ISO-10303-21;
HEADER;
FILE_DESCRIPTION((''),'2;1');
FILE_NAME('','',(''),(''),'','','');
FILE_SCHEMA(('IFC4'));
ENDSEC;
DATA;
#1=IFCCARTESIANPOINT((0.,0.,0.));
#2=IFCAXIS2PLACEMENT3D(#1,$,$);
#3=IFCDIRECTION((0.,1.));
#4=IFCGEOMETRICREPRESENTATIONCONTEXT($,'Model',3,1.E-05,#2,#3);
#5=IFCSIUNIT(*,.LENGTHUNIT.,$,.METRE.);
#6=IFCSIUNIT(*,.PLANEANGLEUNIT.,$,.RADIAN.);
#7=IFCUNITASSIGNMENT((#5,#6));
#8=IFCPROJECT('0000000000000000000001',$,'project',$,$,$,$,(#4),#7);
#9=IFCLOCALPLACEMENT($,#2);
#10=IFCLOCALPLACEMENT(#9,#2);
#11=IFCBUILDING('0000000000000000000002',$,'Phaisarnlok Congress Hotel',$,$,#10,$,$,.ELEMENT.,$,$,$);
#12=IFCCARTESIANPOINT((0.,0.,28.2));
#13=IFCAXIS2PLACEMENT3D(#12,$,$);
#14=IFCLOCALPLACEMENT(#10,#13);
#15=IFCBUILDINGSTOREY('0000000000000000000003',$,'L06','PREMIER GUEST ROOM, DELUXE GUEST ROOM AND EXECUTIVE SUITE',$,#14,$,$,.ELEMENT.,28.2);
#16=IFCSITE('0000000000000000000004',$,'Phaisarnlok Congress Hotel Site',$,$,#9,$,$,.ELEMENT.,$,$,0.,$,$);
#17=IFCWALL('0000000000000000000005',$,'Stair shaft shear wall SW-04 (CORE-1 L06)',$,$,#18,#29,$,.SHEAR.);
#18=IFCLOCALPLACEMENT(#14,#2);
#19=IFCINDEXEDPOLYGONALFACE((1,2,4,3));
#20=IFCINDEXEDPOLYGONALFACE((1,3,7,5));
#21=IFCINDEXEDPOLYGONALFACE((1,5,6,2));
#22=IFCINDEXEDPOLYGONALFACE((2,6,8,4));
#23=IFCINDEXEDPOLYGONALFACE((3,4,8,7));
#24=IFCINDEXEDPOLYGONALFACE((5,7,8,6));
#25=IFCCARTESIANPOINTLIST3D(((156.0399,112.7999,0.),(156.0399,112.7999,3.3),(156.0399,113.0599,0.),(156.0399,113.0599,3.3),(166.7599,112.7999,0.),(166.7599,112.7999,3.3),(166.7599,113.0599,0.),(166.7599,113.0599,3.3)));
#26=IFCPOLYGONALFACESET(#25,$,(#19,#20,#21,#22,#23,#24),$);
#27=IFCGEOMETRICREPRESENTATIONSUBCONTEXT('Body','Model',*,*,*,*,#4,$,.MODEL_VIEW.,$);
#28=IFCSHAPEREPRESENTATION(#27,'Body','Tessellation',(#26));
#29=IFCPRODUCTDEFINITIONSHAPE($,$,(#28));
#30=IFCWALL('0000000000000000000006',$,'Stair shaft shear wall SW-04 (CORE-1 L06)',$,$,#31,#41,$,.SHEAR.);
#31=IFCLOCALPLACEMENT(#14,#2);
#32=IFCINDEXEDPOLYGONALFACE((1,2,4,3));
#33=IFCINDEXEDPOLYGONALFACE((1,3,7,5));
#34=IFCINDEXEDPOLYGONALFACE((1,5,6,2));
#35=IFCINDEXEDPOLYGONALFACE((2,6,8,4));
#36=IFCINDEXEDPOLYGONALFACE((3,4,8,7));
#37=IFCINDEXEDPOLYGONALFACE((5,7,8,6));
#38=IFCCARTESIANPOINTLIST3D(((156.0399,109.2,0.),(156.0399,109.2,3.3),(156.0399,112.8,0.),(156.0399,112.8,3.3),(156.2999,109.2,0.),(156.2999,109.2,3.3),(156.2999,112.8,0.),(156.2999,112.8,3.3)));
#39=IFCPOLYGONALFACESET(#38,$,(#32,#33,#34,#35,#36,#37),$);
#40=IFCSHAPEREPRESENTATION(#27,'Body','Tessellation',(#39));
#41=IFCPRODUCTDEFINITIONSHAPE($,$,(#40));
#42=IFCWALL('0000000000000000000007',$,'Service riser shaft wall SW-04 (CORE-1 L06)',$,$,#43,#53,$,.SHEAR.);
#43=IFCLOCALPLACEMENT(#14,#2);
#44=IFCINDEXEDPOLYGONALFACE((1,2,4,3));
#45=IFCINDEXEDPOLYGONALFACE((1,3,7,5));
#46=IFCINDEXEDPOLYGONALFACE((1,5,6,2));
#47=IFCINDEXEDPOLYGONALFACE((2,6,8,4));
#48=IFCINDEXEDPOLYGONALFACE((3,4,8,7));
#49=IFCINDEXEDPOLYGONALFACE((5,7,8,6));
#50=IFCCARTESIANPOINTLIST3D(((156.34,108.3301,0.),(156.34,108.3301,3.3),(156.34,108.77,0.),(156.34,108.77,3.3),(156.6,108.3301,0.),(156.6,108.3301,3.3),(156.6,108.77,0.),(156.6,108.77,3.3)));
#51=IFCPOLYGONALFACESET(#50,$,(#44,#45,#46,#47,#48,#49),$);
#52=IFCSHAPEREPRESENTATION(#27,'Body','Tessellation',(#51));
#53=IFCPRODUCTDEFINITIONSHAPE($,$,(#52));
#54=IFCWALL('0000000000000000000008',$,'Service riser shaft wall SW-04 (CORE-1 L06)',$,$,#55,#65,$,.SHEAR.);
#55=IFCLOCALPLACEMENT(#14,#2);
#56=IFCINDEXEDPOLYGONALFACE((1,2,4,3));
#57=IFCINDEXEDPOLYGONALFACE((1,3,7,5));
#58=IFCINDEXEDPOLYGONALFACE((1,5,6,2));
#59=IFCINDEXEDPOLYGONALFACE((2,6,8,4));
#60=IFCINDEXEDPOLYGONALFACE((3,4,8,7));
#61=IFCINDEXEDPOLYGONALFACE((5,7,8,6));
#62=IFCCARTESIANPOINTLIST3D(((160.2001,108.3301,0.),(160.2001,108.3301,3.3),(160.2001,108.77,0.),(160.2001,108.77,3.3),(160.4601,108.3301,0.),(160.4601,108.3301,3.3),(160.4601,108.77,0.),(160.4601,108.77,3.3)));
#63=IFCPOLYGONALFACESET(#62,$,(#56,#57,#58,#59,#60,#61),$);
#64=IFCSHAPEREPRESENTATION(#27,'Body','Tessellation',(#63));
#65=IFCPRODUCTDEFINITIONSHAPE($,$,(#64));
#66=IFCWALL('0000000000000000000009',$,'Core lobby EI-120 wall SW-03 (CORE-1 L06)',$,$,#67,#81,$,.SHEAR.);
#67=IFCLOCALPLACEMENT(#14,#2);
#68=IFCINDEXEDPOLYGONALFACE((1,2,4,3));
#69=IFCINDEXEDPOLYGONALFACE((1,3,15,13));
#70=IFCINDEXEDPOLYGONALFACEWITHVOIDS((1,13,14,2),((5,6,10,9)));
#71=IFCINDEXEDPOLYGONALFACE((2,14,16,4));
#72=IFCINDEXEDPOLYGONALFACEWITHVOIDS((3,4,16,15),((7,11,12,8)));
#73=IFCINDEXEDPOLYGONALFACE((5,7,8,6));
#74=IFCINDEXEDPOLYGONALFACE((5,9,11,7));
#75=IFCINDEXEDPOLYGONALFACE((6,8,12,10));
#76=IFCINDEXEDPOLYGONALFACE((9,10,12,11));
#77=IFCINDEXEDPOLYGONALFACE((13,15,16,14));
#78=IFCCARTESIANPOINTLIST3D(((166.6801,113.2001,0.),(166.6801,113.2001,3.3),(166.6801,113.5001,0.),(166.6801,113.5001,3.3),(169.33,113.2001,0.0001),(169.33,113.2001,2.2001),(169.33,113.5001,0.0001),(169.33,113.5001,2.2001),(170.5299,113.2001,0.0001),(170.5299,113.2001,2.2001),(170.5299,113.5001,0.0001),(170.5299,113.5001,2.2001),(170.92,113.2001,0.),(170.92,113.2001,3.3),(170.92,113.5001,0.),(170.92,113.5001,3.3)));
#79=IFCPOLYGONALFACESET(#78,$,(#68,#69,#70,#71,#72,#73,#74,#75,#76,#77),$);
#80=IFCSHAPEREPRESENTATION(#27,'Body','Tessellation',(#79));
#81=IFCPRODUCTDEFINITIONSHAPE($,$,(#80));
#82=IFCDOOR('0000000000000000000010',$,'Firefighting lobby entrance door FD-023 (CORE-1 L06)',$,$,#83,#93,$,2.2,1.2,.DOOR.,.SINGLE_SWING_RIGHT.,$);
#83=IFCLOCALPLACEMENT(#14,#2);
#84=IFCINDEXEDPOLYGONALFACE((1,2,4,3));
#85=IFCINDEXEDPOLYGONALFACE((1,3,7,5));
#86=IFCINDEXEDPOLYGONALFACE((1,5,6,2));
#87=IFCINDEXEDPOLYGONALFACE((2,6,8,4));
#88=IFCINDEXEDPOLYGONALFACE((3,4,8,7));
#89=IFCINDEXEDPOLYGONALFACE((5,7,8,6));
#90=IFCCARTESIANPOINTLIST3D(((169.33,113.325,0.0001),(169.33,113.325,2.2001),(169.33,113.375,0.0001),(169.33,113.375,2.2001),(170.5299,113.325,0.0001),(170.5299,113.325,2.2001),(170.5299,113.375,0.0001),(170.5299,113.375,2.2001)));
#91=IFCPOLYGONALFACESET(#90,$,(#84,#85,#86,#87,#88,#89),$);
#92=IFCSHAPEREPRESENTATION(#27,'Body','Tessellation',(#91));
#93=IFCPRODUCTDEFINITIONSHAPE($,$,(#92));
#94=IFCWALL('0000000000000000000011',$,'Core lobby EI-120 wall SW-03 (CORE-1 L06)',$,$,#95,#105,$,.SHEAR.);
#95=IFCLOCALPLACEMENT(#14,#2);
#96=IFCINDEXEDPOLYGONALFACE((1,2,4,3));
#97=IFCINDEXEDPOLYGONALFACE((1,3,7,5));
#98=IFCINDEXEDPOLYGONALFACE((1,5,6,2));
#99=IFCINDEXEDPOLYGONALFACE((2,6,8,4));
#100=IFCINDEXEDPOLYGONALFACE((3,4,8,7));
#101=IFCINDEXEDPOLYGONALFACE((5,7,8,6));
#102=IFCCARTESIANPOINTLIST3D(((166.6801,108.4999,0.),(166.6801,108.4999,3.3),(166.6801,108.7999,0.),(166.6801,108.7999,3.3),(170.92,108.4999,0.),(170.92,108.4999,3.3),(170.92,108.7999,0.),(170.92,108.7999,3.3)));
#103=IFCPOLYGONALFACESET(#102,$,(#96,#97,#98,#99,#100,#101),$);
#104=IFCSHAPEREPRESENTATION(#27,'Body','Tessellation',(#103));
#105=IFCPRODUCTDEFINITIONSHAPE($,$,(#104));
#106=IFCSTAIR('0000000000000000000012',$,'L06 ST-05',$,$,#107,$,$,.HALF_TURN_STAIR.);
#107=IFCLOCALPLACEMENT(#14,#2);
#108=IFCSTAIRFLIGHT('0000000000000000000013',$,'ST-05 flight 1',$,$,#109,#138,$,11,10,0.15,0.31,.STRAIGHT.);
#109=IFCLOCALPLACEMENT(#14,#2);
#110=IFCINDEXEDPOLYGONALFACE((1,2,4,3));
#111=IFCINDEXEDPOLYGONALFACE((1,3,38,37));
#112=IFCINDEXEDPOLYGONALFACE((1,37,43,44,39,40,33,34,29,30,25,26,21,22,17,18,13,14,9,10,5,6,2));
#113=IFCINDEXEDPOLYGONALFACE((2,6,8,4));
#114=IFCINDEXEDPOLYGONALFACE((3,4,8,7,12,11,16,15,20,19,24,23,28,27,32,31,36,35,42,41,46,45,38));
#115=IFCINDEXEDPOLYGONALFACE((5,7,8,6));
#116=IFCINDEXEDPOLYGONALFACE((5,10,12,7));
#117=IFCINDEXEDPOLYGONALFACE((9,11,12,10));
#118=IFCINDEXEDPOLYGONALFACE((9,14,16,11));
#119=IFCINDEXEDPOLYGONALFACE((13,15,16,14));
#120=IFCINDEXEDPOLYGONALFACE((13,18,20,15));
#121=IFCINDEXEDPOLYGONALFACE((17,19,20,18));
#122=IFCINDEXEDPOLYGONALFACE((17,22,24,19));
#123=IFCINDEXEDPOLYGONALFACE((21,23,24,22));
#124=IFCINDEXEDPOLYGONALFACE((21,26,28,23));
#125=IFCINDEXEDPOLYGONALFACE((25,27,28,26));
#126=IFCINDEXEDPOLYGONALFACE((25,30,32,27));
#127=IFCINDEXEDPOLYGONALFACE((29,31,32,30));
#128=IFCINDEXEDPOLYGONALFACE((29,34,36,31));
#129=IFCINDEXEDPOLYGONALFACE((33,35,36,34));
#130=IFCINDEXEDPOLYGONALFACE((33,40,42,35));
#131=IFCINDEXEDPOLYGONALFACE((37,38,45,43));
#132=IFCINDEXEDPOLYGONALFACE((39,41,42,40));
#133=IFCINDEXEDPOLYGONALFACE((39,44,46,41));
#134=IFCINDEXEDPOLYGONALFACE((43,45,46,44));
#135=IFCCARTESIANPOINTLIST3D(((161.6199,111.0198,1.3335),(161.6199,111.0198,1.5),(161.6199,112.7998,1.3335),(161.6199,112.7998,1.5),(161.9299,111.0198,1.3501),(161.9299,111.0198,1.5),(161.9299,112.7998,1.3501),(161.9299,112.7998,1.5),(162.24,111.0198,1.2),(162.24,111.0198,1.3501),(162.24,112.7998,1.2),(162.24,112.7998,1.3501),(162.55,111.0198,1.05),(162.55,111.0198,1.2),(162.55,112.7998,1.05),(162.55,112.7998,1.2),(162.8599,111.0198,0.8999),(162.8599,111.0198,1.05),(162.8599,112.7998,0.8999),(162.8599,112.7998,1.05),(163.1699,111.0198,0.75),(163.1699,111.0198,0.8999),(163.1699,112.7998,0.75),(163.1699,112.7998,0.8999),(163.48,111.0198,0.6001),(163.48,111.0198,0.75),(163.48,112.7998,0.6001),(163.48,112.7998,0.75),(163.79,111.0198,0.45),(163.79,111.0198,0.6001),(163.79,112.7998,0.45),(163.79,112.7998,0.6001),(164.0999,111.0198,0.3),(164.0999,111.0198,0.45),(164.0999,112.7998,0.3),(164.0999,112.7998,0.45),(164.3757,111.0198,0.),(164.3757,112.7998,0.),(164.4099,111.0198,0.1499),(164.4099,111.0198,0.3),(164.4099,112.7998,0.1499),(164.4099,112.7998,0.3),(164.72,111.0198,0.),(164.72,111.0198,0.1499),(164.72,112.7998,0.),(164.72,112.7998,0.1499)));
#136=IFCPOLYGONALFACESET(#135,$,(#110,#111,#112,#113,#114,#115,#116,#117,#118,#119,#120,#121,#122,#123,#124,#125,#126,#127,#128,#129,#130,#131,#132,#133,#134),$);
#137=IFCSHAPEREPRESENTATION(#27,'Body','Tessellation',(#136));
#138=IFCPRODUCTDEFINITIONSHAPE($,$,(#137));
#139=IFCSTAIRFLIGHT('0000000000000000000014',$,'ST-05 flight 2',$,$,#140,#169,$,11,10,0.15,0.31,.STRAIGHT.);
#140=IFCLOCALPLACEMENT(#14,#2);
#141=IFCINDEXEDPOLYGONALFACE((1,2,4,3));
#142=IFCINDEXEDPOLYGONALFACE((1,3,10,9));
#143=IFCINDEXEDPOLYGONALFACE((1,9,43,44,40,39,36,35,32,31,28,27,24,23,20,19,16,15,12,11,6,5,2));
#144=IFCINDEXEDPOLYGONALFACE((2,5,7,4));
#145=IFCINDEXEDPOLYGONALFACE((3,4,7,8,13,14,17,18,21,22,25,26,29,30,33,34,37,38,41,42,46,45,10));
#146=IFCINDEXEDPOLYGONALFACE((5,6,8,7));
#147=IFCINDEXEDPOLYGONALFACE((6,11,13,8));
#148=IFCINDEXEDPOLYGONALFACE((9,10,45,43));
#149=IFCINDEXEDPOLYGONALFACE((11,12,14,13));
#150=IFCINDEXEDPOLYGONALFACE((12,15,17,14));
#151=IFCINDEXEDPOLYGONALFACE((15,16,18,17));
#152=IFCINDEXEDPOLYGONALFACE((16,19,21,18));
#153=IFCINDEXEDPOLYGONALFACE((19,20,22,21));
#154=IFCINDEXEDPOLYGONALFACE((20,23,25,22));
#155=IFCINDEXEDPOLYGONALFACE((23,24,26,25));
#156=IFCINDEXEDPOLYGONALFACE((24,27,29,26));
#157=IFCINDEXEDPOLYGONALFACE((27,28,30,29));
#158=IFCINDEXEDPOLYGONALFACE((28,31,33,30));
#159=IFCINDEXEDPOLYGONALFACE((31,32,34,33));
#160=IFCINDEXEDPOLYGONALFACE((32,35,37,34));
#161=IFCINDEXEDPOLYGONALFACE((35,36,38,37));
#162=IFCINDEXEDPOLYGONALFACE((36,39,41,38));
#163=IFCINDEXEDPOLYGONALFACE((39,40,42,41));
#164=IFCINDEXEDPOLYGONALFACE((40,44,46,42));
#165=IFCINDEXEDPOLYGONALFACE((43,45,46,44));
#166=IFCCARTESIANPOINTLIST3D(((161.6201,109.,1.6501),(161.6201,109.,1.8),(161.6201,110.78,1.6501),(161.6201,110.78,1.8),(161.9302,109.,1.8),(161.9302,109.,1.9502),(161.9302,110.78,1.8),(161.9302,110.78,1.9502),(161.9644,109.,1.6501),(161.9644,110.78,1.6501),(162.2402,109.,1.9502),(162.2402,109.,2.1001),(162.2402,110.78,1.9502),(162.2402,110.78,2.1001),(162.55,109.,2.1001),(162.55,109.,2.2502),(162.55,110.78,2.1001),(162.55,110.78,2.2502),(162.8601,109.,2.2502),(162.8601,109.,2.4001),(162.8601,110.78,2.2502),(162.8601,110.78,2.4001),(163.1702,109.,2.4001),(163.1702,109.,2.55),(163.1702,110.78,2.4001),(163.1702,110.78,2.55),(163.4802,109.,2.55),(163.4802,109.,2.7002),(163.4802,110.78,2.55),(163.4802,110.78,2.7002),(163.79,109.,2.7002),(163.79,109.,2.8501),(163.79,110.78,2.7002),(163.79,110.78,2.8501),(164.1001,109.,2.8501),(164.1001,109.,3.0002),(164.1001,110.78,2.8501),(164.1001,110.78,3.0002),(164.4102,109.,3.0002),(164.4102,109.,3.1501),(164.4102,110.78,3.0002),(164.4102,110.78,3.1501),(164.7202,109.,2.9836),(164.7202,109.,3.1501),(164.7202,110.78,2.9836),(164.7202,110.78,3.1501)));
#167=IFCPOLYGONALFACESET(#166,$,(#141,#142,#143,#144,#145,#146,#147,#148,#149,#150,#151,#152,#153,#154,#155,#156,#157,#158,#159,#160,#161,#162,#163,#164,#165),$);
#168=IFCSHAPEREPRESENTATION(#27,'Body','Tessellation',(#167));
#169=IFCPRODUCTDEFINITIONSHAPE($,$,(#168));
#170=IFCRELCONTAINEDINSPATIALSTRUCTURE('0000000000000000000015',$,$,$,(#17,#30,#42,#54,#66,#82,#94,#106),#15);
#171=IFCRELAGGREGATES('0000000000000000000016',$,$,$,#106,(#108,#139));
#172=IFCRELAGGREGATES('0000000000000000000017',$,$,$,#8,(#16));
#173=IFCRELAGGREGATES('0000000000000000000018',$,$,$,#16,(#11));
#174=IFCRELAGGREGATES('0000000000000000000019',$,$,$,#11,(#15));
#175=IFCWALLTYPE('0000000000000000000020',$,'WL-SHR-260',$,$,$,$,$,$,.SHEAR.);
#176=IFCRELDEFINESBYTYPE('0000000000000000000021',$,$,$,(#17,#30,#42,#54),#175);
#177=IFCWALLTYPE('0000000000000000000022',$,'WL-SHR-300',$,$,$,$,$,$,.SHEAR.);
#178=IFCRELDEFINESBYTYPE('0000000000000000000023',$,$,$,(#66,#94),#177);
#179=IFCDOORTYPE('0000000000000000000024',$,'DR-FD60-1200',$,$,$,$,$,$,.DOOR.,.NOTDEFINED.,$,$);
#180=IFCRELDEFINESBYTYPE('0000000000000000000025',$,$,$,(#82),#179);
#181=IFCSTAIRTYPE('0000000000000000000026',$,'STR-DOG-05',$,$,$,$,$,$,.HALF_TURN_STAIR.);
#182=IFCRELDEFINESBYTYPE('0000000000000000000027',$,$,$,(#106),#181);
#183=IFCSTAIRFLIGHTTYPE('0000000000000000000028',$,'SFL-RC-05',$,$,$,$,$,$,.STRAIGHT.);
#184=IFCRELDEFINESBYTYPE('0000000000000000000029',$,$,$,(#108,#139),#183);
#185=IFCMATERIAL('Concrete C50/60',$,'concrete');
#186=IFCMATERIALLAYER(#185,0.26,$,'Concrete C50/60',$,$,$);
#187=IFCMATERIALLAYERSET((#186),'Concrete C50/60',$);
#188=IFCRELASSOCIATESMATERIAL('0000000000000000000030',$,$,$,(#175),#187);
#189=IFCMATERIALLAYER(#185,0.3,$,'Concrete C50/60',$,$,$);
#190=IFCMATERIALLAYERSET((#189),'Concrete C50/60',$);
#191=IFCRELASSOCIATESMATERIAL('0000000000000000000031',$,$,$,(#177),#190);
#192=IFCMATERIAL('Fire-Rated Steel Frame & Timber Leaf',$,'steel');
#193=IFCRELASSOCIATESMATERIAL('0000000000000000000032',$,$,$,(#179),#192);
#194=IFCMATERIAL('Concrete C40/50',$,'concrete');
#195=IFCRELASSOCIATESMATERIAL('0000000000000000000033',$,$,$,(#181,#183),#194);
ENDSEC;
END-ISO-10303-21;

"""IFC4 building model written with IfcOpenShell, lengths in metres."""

from ifc_helpers import new_model, si_unit, direction, frame, frame_2d, origin, place, context, subcontext, project, spatial, polyline, rectangle, outline, extrude, material, layer, layer_set, type_object, element, fill, aggregate, save


model = new_model("IFC4")

# Units and contexts
model_context = context("Model", 3, precision=1e-05, world=origin(), true_north=direction((0.0, 1.0)))
body_context = subcontext(model_context, "Body", "Model", "MODEL_VIEW")
ifc_project = project(units=[si_unit("LENGTHUNIT", "METRE"), si_unit("PLANEANGLEUNIT", "RADIAN")], contexts=[model_context])

# Site, building, storey
site_placement = place(None, origin())
site = spatial("IfcSite", under=ifc_project, at=site_placement, Name="Phaisarnlok Congress Hotel Site", CompositionType="ELEMENT", RefElevation=0.0)
building_placement = place(site_placement, origin())
building = spatial("IfcBuilding", under=site, at=building_placement, Name="Phaisarnlok Congress Hotel", CompositionType="ELEMENT")
storey_placement = place(building_placement, frame((0.0, 0.0, 28.2)))
storey = spatial("IfcBuildingStorey", under=building, at=storey_placement, Name="L06", Description="PREMIER GUEST ROOM, DELUXE GUEST ROOM AND EXECUTIVE SUITE", CompositionType="ELEMENT", Elevation=28.2)

# Shared definitions
ifc_material_1 = material(Name="Concrete C50/60", Category="concrete")

# Shared definitions
ifc_material_2 = material(Name="Concrete C40/50", Category="concrete")

# Walls
ifc_layer_1 = layer(ifc_material_1, 0.26, Name="Concrete C50/60")
ifc_layer_set_1 = layer_set([ifc_layer_1], Name="Concrete C50/60")
wall_type_1 = type_object("IfcWallType", Name="WL-SHR-260", PredefinedType="SHEAR", material=ifc_layer_set_1)
for number, where, z_axis, x_axis, name in (
    (1, (156.04, 112.9299, 0.0), (0.0, 0.0, 1.0), (1.0, 0.0, 0.0), "Stair shaft shear wall SW-04 (CORE-1 L06)"),
):
    element("IfcWall", number, at=place(storey_placement, frame(where, z_axis=z_axis, x_axis=x_axis)), inside=storey, type_object=wall_type_1, Name=name, PredefinedType="SHEAR", context=body_context, shape_type="SweptSolid", body=[
        extrude(rectangle(XDim=10.72, YDim=0.26, at=frame_2d((5.3599, 0.0))), origin(), (0.0, 0.0, 1.0), 3.3),
    ])
wall_1_placement = place(storey_placement, frame((156.1699, 109.2, 0.0), z_axis=(0.0, 0.0, 1.0), x_axis=(0.0, 1.0, 0.0)))
element("IfcWall", 2, at=wall_1_placement, inside=storey, type_object=wall_type_1, Name="Stair shaft shear wall SW-04 (CORE-1 L06)", PredefinedType="SHEAR", context=body_context, shape_type="SweptSolid", body=[
    extrude(rectangle(XDim=3.6001, YDim=0.26, at=frame_2d((1.8, 0.0))), origin(), (0.0, 0.0, 1.0), 3.3),
])

# Shared definitions
ifc_material_3 = material(Name="Fire-Rated Steel Frame & Timber Leaf", Category="steel")

# Walls
for number, where, z_axis, x_axis, name in (
    (3, (156.47, 108.3301, 0.0), (0.0, 0.0, 1.0), (0.0, 1.0, 0.0), "Service riser shaft wall SW-04 (CORE-1 L06)"),
    (4, (160.3301, 108.3301, 0.0), (0.0, 0.0, 1.0), (0.0, 1.0, 0.0), "Service riser shaft wall SW-04 (CORE-1 L06)"),
):
    element("IfcWall", number, at=place(storey_placement, frame(where, z_axis=z_axis, x_axis=x_axis)), inside=storey, type_object=wall_type_1, Name=name, PredefinedType="SHEAR", context=body_context, shape_type="SweptSolid", body=[
        extrude(rectangle(XDim=0.4399, YDim=0.26, at=frame_2d((0.22, 0.0))), origin(), (0.0, 0.0, 1.0), 3.3),
    ])

# Wall, opening, door
ifc_layer_2 = layer(ifc_material_1, 0.3, Name="Concrete C50/60")
ifc_layer_set_2 = layer_set([ifc_layer_2], Name="Concrete C50/60")
wall_type_2 = type_object("IfcWallType", Name="WL-SHR-300", PredefinedType="SHEAR", material=ifc_layer_set_2)
wall_2_placement = place(storey_placement, frame((166.6799, 113.3501, 0.0), z_axis=(0.0, 0.0, 1.0), x_axis=(1.0, 0.0, 0.0)))
wall_2 = element("IfcWall", 5, at=wall_2_placement, inside=storey, type_object=wall_type_2, Name="Core lobby EI-120 wall SW-03 (CORE-1 L06)", PredefinedType="SHEAR", context=body_context, shape_type="SweptSolid", body=[
    extrude(rectangle(XDim=4.24, YDim=0.3, at=frame_2d((2.1201, 0.0))), origin(), (0.0, 0.0, 1.0), 3.3),
])
opening_1_placement = place(wall_2_placement, frame((2.6499, 0.0, 0.0)))
opening_1 = element("IfcOpeningElement", 6, at=opening_1_placement, cuts=wall_2, PredefinedType="OPENING", context=body_context, shape_type="SweptSolid", body=[
    extrude(rectangle(XDim=1.2, YDim=2.2, at=frame_2d((0.6001, 1.1001))), frame((0.0, 0.1602, 0.0), z_axis=(0.0, -1.0, 0.0), x_axis=(1.0, 0.0, 0.0)), (0.0, 0.0, 1.0), 0.3201),
])
door_type_1 = type_object("IfcDoorType", Name="DR-FD60-1200", OperationType="NOTDEFINED", PredefinedType="DOOR", material=ifc_material_3)
door_1_placement = place(opening_1_placement, origin())
door_1 = element("IfcDoor", 7, at=door_1_placement, inside=storey, type_object=door_type_1, Name="Firefighting lobby entrance door FD-023 (CORE-1 L06)", OperationType="SINGLE_SWING_RIGHT", OverallHeight=2.2, OverallWidth=1.2, PredefinedType="DOOR", context=body_context, shape_type="SweptSolid", body=[
    extrude(rectangle(XDim=1.2, YDim=2.2, at=frame_2d((0.6001, 1.1001))), frame((0.0, 0.0249, 0.0), z_axis=(0.0, -1.0, 0.0), x_axis=(1.0, 0.0, 0.0)), (0.0, 0.0, 1.0), 0.05),
])
fill(opening_1, door_1)

# Wall
wall_3_placement = place(storey_placement, frame((166.6799, 108.6499, 0.0), z_axis=(0.0, 0.0, 1.0), x_axis=(1.0, 0.0, 0.0)))
element("IfcWall", 8, at=wall_3_placement, inside=storey, type_object=wall_type_2, Name="Core lobby EI-120 wall SW-03 (CORE-1 L06)", PredefinedType="SHEAR", context=body_context, shape_type="SweptSolid", body=[
    extrude(rectangle(XDim=4.24, YDim=0.3, at=frame_2d((2.1201, 0.0))), origin(), (0.0, 0.0, 1.0), 3.3),
])

# Stair, stair flights
stair_type = type_object("IfcStairType", Name="STR-DOG-05", PredefinedType="HALF_TURN_STAIR", material=ifc_material_2)
stair_placement = place(storey_placement, origin())
stair = element("IfcStair", 9, at=stair_placement, inside=storey, type_object=stair_type, Name="L06 ST-05", PredefinedType="HALF_TURN_STAIR")
stair_flight_type = type_object("IfcStairFlightType", Name="SFL-RC-05", PredefinedType="STRAIGHT", material=ifc_material_2)
stair_flight_1_placement = place(storey_placement, frame((164.72, 111.9099, 0.0), z_axis=(0.0, 0.0, 1.0), x_axis=(-1.0, 0.0, 0.0)))
stair_flight_1 = element("IfcStairFlight", 10, at=stair_flight_1_placement, type_object=stair_flight_type, Name="ST-05 flight 1", NumberOfRisers=11, NumberOfTreads=10, PredefinedType="STRAIGHT", RiserHeight=0.15, TreadLength=0.31, context=body_context, shape_type="SweptSolid", body=[
    extrude(outline(polyline([(0.0, 0.0), (0.0, 0.1499), (0.3101, 0.1499), (0.3101, 0.3), (0.6201, 0.3), (0.6201, 0.45), (0.9299, 0.45), (0.9299, 0.6001), (1.24, 0.6001), (1.24, 0.75), (1.55, 0.75), (1.55, 0.8999), (1.8601, 0.8999), (1.8601, 1.05), (2.1699, 1.05), (2.1699, 1.2), (2.48, 1.2), (2.48, 1.3501), (2.79, 1.3501), (2.79, 1.5), (3.1001, 1.5), (3.1001, 1.6499), (3.1001, 1.3335), (0.3442, 0.0), (0.0, 0.0)])), frame((0.0, 0.8901, 0.0), z_axis=(0.0, -1.0, 0.0), x_axis=(1.0, 0.0, 0.0)), (0.0, 0.0, 1.0), 1.78),
])
stair_flight_2_placement = place(storey_placement, frame((161.6201, 109.8899, 1.6501), z_axis=(0.0, 0.0, 1.0), x_axis=(1.0, 0.0, 0.0)))
stair_flight_2 = element("IfcStairFlight", 11, at=stair_flight_2_placement, type_object=stair_flight_type, Name="ST-05 flight 2", NumberOfRisers=11, NumberOfTreads=10, PredefinedType="STRAIGHT", RiserHeight=0.15, TreadLength=0.31, context=body_context, shape_type="SweptSolid", body=[
    extrude(outline(polyline([(0.0, 0.0), (0.0, 0.1499), (0.3101, 0.1499), (0.3101, 0.3), (0.6201, 0.3), (0.6201, 0.45), (0.9299, 0.45), (0.9299, 0.6001), (1.24, 0.6001), (1.24, 0.75), (1.55, 0.75), (1.55, 0.8999), (1.8601, 0.8999), (1.8601, 1.05), (2.1699, 1.05), (2.1699, 1.2), (2.48, 1.2), (2.48, 1.3501), (2.79, 1.3501), (2.79, 1.5), (3.1001, 1.5), (3.1001, 1.6499), (3.1001, 1.3335), (0.3442, 0.0), (0.0, 0.0)])), frame((0.0, 0.8901, 0.0), z_axis=(0.0, -1.0, 0.0), x_axis=(1.0, 0.0, 0.0)), (0.0, 0.0, 1.0), 1.78),
])
aggregate(stair, [stair_flight_1, stair_flight_2])

save(model, "model.ifc")
